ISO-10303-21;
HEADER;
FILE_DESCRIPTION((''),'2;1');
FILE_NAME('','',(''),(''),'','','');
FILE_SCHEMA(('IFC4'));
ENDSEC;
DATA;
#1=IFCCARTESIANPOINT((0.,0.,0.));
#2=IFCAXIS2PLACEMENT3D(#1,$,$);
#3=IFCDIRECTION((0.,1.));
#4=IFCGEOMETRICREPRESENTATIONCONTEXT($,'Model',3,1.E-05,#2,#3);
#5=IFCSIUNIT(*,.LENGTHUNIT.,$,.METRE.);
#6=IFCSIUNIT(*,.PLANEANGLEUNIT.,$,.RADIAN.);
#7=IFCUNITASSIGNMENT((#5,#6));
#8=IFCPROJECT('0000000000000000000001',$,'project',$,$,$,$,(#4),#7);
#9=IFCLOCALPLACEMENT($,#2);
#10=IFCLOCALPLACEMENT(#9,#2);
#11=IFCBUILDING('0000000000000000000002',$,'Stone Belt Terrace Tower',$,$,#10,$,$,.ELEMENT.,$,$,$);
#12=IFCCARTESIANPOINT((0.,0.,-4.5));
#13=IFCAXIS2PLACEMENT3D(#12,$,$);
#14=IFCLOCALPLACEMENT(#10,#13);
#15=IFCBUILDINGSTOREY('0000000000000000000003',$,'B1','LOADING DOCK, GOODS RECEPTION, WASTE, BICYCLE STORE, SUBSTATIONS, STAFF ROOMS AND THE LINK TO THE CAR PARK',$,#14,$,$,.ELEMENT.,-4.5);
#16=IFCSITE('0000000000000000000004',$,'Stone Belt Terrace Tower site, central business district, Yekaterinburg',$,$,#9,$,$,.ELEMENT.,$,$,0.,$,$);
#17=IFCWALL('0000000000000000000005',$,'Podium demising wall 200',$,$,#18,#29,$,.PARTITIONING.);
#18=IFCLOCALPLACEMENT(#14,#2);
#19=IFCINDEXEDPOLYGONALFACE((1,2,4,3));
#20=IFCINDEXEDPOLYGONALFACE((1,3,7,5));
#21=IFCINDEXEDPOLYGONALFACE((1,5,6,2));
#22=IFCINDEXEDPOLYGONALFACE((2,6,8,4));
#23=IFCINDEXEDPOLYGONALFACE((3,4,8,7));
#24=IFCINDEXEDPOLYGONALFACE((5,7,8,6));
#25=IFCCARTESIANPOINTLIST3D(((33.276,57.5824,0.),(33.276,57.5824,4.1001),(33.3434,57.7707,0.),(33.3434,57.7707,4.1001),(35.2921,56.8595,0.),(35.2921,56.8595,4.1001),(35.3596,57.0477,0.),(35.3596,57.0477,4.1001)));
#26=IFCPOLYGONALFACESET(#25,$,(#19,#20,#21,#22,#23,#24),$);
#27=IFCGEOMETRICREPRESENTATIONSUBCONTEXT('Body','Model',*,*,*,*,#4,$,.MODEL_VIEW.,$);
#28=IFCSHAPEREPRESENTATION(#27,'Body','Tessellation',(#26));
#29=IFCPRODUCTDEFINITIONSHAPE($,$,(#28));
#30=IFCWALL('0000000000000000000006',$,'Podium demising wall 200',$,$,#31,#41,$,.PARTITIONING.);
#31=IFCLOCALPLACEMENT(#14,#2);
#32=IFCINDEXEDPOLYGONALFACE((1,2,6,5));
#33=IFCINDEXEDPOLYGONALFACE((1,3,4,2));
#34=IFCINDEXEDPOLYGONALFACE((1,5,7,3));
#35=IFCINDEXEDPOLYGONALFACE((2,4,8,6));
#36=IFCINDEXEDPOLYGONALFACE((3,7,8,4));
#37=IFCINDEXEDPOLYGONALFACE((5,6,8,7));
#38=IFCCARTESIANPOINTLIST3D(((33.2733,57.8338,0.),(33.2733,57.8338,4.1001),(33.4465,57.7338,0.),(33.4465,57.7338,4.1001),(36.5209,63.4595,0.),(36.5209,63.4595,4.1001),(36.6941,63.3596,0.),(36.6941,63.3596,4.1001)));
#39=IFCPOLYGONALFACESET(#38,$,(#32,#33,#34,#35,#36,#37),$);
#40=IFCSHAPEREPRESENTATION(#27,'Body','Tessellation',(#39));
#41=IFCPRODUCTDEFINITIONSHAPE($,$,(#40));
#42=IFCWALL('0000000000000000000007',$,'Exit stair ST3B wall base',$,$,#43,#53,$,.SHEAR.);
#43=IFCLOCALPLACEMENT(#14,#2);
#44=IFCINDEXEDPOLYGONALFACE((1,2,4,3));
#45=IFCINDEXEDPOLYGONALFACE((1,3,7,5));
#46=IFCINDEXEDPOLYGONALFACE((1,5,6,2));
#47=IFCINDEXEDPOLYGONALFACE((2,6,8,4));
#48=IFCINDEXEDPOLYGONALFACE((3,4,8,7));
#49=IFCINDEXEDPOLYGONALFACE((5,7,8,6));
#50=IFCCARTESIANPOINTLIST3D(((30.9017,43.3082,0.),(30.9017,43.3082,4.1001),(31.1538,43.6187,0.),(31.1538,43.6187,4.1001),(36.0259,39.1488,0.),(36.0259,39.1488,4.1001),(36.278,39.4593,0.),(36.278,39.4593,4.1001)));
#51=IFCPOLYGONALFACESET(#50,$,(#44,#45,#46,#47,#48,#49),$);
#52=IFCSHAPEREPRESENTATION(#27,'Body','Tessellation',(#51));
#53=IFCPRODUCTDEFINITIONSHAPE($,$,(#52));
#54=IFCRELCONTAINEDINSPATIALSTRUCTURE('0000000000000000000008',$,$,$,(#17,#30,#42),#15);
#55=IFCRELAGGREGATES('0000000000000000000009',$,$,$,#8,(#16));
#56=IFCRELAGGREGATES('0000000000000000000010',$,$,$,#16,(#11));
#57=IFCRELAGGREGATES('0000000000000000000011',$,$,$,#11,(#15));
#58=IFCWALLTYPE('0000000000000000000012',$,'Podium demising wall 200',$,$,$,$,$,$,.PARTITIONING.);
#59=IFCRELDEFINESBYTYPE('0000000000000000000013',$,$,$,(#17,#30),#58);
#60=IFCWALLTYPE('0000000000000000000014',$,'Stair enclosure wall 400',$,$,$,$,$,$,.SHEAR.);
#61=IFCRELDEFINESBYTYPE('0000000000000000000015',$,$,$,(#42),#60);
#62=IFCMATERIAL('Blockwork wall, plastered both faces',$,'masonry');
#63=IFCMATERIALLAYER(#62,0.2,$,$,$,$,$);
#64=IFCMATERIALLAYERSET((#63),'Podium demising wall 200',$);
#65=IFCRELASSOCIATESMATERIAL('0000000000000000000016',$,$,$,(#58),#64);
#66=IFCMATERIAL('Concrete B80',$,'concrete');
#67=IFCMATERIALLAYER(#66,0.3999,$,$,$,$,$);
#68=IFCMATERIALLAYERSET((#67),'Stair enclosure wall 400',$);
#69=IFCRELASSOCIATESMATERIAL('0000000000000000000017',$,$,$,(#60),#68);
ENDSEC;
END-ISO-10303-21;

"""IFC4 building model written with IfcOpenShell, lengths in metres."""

from ifc_helpers import new_model, si_unit, direction, frame, frame_2d, origin, place, context, subcontext, project, spatial, rectangle, extrude, material, layer, layer_set, type_object, element, save


model = new_model("IFC4")

# Units and contexts
model_context = context("Model", 3, precision=1e-05, world=origin(), true_north=direction((0.0, 1.0)))
body_context = subcontext(model_context, "Body", "Model", "MODEL_VIEW")
ifc_project = project(units=[si_unit("LENGTHUNIT", "METRE"), si_unit("PLANEANGLEUNIT", "RADIAN")], contexts=[model_context])

# Site, building, storey
site_placement = place(None, origin())
site = spatial("IfcSite", under=ifc_project, at=site_placement, Name="Stone Belt Terrace Tower site, central business district, Yekaterinburg", CompositionType="ELEMENT", RefElevation=0.0)
building_placement = place(site_placement, origin())
building = spatial("IfcBuilding", under=site, at=building_placement, Name="Stone Belt Terrace Tower", CompositionType="ELEMENT")
storey_placement = place(building_placement, frame((0.0, 0.0, -4.5)))
storey = spatial("IfcBuildingStorey", under=building, at=storey_placement, Name="B1", Description="LOADING DOCK, GOODS RECEPTION, WASTE, BICYCLE STORE, SUBSTATIONS, STAFF ROOMS AND THE LINK TO THE CAR PARK", CompositionType="ELEMENT", Elevation=-4.5)

# Shared definitions
ifc_material_1 = material(Name="Concrete B80", Category="concrete")

# Walls
ifc_material_2 = material(Name="Blockwork wall, plastered both faces", Category="masonry")
ifc_layer_1 = layer(ifc_material_2, 0.2)
ifc_layer_set_1 = layer_set([ifc_layer_1], Name="Podium demising wall 200")
wall_type_1 = type_object("IfcWallType", Name="Podium demising wall 200", PredefinedType="PARTITIONING", material=ifc_layer_set_1)
wall_1_placement = place(storey_placement, frame((33.3098, 57.6765, 0.0), z_axis=(0.0, 0.0, 1.0), x_axis=(0.941318, -0.33752, 0.0)))
element("IfcWall", 1, at=wall_1_placement, inside=storey, type_object=wall_type_1, Name="Podium demising wall 200", PredefinedType="PARTITIONING", context=body_context, shape_type="SweptSolid", body=[
    extrude(rectangle(XDim=2.1418, YDim=0.2, at=frame_2d((1.0708, 0.0))), origin(), (0.0, 0.0, 1.0), 4.1001),
])
wall_2_placement = place(storey_placement, frame((33.3599, 57.7837, 0.0), z_axis=(0.0, 0.0, 1.0), x_axis=(0.499947, 0.866056, 0.0)))
element("IfcWall", 2, at=wall_2_placement, inside=storey, type_object=wall_type_1, Name="Podium demising wall 200", PredefinedType="PARTITIONING", context=body_context, shape_type="SweptSolid", body=[
    extrude(rectangle(XDim=6.4958, YDim=0.2, at=frame_2d((3.248, 0.0))), origin(), (0.0, 0.0, 1.0), 4.1001),
])
ifc_layer_2 = layer(ifc_material_1, 0.3999)
ifc_layer_set_2 = layer_set([ifc_layer_2], Name="Stair enclosure wall 400")
wall_type_2 = type_object("IfcWallType", Name="Stair enclosure wall 400", PredefinedType="SHEAR", material=ifc_layer_set_2)
wall_3_placement = place(storey_placement, frame((31.0278, 43.4634, 0.0), z_axis=(0.0, 0.0, 1.0), x_axis=(0.776414, -0.630224, 0.0)))
element("IfcWall", 3, at=wall_3_placement, inside=storey, type_object=wall_type_2, Name="Exit stair ST3B wall base", PredefinedType="SHEAR", context=body_context, shape_type="SweptSolid", body=[
    extrude(rectangle(XDim=6.5999, YDim=0.3999, at=frame_2d((3.2998, 0.0))), origin(), (0.0, 0.0, 1.0), 4.1001),
])

save(model, "model.ifc")
